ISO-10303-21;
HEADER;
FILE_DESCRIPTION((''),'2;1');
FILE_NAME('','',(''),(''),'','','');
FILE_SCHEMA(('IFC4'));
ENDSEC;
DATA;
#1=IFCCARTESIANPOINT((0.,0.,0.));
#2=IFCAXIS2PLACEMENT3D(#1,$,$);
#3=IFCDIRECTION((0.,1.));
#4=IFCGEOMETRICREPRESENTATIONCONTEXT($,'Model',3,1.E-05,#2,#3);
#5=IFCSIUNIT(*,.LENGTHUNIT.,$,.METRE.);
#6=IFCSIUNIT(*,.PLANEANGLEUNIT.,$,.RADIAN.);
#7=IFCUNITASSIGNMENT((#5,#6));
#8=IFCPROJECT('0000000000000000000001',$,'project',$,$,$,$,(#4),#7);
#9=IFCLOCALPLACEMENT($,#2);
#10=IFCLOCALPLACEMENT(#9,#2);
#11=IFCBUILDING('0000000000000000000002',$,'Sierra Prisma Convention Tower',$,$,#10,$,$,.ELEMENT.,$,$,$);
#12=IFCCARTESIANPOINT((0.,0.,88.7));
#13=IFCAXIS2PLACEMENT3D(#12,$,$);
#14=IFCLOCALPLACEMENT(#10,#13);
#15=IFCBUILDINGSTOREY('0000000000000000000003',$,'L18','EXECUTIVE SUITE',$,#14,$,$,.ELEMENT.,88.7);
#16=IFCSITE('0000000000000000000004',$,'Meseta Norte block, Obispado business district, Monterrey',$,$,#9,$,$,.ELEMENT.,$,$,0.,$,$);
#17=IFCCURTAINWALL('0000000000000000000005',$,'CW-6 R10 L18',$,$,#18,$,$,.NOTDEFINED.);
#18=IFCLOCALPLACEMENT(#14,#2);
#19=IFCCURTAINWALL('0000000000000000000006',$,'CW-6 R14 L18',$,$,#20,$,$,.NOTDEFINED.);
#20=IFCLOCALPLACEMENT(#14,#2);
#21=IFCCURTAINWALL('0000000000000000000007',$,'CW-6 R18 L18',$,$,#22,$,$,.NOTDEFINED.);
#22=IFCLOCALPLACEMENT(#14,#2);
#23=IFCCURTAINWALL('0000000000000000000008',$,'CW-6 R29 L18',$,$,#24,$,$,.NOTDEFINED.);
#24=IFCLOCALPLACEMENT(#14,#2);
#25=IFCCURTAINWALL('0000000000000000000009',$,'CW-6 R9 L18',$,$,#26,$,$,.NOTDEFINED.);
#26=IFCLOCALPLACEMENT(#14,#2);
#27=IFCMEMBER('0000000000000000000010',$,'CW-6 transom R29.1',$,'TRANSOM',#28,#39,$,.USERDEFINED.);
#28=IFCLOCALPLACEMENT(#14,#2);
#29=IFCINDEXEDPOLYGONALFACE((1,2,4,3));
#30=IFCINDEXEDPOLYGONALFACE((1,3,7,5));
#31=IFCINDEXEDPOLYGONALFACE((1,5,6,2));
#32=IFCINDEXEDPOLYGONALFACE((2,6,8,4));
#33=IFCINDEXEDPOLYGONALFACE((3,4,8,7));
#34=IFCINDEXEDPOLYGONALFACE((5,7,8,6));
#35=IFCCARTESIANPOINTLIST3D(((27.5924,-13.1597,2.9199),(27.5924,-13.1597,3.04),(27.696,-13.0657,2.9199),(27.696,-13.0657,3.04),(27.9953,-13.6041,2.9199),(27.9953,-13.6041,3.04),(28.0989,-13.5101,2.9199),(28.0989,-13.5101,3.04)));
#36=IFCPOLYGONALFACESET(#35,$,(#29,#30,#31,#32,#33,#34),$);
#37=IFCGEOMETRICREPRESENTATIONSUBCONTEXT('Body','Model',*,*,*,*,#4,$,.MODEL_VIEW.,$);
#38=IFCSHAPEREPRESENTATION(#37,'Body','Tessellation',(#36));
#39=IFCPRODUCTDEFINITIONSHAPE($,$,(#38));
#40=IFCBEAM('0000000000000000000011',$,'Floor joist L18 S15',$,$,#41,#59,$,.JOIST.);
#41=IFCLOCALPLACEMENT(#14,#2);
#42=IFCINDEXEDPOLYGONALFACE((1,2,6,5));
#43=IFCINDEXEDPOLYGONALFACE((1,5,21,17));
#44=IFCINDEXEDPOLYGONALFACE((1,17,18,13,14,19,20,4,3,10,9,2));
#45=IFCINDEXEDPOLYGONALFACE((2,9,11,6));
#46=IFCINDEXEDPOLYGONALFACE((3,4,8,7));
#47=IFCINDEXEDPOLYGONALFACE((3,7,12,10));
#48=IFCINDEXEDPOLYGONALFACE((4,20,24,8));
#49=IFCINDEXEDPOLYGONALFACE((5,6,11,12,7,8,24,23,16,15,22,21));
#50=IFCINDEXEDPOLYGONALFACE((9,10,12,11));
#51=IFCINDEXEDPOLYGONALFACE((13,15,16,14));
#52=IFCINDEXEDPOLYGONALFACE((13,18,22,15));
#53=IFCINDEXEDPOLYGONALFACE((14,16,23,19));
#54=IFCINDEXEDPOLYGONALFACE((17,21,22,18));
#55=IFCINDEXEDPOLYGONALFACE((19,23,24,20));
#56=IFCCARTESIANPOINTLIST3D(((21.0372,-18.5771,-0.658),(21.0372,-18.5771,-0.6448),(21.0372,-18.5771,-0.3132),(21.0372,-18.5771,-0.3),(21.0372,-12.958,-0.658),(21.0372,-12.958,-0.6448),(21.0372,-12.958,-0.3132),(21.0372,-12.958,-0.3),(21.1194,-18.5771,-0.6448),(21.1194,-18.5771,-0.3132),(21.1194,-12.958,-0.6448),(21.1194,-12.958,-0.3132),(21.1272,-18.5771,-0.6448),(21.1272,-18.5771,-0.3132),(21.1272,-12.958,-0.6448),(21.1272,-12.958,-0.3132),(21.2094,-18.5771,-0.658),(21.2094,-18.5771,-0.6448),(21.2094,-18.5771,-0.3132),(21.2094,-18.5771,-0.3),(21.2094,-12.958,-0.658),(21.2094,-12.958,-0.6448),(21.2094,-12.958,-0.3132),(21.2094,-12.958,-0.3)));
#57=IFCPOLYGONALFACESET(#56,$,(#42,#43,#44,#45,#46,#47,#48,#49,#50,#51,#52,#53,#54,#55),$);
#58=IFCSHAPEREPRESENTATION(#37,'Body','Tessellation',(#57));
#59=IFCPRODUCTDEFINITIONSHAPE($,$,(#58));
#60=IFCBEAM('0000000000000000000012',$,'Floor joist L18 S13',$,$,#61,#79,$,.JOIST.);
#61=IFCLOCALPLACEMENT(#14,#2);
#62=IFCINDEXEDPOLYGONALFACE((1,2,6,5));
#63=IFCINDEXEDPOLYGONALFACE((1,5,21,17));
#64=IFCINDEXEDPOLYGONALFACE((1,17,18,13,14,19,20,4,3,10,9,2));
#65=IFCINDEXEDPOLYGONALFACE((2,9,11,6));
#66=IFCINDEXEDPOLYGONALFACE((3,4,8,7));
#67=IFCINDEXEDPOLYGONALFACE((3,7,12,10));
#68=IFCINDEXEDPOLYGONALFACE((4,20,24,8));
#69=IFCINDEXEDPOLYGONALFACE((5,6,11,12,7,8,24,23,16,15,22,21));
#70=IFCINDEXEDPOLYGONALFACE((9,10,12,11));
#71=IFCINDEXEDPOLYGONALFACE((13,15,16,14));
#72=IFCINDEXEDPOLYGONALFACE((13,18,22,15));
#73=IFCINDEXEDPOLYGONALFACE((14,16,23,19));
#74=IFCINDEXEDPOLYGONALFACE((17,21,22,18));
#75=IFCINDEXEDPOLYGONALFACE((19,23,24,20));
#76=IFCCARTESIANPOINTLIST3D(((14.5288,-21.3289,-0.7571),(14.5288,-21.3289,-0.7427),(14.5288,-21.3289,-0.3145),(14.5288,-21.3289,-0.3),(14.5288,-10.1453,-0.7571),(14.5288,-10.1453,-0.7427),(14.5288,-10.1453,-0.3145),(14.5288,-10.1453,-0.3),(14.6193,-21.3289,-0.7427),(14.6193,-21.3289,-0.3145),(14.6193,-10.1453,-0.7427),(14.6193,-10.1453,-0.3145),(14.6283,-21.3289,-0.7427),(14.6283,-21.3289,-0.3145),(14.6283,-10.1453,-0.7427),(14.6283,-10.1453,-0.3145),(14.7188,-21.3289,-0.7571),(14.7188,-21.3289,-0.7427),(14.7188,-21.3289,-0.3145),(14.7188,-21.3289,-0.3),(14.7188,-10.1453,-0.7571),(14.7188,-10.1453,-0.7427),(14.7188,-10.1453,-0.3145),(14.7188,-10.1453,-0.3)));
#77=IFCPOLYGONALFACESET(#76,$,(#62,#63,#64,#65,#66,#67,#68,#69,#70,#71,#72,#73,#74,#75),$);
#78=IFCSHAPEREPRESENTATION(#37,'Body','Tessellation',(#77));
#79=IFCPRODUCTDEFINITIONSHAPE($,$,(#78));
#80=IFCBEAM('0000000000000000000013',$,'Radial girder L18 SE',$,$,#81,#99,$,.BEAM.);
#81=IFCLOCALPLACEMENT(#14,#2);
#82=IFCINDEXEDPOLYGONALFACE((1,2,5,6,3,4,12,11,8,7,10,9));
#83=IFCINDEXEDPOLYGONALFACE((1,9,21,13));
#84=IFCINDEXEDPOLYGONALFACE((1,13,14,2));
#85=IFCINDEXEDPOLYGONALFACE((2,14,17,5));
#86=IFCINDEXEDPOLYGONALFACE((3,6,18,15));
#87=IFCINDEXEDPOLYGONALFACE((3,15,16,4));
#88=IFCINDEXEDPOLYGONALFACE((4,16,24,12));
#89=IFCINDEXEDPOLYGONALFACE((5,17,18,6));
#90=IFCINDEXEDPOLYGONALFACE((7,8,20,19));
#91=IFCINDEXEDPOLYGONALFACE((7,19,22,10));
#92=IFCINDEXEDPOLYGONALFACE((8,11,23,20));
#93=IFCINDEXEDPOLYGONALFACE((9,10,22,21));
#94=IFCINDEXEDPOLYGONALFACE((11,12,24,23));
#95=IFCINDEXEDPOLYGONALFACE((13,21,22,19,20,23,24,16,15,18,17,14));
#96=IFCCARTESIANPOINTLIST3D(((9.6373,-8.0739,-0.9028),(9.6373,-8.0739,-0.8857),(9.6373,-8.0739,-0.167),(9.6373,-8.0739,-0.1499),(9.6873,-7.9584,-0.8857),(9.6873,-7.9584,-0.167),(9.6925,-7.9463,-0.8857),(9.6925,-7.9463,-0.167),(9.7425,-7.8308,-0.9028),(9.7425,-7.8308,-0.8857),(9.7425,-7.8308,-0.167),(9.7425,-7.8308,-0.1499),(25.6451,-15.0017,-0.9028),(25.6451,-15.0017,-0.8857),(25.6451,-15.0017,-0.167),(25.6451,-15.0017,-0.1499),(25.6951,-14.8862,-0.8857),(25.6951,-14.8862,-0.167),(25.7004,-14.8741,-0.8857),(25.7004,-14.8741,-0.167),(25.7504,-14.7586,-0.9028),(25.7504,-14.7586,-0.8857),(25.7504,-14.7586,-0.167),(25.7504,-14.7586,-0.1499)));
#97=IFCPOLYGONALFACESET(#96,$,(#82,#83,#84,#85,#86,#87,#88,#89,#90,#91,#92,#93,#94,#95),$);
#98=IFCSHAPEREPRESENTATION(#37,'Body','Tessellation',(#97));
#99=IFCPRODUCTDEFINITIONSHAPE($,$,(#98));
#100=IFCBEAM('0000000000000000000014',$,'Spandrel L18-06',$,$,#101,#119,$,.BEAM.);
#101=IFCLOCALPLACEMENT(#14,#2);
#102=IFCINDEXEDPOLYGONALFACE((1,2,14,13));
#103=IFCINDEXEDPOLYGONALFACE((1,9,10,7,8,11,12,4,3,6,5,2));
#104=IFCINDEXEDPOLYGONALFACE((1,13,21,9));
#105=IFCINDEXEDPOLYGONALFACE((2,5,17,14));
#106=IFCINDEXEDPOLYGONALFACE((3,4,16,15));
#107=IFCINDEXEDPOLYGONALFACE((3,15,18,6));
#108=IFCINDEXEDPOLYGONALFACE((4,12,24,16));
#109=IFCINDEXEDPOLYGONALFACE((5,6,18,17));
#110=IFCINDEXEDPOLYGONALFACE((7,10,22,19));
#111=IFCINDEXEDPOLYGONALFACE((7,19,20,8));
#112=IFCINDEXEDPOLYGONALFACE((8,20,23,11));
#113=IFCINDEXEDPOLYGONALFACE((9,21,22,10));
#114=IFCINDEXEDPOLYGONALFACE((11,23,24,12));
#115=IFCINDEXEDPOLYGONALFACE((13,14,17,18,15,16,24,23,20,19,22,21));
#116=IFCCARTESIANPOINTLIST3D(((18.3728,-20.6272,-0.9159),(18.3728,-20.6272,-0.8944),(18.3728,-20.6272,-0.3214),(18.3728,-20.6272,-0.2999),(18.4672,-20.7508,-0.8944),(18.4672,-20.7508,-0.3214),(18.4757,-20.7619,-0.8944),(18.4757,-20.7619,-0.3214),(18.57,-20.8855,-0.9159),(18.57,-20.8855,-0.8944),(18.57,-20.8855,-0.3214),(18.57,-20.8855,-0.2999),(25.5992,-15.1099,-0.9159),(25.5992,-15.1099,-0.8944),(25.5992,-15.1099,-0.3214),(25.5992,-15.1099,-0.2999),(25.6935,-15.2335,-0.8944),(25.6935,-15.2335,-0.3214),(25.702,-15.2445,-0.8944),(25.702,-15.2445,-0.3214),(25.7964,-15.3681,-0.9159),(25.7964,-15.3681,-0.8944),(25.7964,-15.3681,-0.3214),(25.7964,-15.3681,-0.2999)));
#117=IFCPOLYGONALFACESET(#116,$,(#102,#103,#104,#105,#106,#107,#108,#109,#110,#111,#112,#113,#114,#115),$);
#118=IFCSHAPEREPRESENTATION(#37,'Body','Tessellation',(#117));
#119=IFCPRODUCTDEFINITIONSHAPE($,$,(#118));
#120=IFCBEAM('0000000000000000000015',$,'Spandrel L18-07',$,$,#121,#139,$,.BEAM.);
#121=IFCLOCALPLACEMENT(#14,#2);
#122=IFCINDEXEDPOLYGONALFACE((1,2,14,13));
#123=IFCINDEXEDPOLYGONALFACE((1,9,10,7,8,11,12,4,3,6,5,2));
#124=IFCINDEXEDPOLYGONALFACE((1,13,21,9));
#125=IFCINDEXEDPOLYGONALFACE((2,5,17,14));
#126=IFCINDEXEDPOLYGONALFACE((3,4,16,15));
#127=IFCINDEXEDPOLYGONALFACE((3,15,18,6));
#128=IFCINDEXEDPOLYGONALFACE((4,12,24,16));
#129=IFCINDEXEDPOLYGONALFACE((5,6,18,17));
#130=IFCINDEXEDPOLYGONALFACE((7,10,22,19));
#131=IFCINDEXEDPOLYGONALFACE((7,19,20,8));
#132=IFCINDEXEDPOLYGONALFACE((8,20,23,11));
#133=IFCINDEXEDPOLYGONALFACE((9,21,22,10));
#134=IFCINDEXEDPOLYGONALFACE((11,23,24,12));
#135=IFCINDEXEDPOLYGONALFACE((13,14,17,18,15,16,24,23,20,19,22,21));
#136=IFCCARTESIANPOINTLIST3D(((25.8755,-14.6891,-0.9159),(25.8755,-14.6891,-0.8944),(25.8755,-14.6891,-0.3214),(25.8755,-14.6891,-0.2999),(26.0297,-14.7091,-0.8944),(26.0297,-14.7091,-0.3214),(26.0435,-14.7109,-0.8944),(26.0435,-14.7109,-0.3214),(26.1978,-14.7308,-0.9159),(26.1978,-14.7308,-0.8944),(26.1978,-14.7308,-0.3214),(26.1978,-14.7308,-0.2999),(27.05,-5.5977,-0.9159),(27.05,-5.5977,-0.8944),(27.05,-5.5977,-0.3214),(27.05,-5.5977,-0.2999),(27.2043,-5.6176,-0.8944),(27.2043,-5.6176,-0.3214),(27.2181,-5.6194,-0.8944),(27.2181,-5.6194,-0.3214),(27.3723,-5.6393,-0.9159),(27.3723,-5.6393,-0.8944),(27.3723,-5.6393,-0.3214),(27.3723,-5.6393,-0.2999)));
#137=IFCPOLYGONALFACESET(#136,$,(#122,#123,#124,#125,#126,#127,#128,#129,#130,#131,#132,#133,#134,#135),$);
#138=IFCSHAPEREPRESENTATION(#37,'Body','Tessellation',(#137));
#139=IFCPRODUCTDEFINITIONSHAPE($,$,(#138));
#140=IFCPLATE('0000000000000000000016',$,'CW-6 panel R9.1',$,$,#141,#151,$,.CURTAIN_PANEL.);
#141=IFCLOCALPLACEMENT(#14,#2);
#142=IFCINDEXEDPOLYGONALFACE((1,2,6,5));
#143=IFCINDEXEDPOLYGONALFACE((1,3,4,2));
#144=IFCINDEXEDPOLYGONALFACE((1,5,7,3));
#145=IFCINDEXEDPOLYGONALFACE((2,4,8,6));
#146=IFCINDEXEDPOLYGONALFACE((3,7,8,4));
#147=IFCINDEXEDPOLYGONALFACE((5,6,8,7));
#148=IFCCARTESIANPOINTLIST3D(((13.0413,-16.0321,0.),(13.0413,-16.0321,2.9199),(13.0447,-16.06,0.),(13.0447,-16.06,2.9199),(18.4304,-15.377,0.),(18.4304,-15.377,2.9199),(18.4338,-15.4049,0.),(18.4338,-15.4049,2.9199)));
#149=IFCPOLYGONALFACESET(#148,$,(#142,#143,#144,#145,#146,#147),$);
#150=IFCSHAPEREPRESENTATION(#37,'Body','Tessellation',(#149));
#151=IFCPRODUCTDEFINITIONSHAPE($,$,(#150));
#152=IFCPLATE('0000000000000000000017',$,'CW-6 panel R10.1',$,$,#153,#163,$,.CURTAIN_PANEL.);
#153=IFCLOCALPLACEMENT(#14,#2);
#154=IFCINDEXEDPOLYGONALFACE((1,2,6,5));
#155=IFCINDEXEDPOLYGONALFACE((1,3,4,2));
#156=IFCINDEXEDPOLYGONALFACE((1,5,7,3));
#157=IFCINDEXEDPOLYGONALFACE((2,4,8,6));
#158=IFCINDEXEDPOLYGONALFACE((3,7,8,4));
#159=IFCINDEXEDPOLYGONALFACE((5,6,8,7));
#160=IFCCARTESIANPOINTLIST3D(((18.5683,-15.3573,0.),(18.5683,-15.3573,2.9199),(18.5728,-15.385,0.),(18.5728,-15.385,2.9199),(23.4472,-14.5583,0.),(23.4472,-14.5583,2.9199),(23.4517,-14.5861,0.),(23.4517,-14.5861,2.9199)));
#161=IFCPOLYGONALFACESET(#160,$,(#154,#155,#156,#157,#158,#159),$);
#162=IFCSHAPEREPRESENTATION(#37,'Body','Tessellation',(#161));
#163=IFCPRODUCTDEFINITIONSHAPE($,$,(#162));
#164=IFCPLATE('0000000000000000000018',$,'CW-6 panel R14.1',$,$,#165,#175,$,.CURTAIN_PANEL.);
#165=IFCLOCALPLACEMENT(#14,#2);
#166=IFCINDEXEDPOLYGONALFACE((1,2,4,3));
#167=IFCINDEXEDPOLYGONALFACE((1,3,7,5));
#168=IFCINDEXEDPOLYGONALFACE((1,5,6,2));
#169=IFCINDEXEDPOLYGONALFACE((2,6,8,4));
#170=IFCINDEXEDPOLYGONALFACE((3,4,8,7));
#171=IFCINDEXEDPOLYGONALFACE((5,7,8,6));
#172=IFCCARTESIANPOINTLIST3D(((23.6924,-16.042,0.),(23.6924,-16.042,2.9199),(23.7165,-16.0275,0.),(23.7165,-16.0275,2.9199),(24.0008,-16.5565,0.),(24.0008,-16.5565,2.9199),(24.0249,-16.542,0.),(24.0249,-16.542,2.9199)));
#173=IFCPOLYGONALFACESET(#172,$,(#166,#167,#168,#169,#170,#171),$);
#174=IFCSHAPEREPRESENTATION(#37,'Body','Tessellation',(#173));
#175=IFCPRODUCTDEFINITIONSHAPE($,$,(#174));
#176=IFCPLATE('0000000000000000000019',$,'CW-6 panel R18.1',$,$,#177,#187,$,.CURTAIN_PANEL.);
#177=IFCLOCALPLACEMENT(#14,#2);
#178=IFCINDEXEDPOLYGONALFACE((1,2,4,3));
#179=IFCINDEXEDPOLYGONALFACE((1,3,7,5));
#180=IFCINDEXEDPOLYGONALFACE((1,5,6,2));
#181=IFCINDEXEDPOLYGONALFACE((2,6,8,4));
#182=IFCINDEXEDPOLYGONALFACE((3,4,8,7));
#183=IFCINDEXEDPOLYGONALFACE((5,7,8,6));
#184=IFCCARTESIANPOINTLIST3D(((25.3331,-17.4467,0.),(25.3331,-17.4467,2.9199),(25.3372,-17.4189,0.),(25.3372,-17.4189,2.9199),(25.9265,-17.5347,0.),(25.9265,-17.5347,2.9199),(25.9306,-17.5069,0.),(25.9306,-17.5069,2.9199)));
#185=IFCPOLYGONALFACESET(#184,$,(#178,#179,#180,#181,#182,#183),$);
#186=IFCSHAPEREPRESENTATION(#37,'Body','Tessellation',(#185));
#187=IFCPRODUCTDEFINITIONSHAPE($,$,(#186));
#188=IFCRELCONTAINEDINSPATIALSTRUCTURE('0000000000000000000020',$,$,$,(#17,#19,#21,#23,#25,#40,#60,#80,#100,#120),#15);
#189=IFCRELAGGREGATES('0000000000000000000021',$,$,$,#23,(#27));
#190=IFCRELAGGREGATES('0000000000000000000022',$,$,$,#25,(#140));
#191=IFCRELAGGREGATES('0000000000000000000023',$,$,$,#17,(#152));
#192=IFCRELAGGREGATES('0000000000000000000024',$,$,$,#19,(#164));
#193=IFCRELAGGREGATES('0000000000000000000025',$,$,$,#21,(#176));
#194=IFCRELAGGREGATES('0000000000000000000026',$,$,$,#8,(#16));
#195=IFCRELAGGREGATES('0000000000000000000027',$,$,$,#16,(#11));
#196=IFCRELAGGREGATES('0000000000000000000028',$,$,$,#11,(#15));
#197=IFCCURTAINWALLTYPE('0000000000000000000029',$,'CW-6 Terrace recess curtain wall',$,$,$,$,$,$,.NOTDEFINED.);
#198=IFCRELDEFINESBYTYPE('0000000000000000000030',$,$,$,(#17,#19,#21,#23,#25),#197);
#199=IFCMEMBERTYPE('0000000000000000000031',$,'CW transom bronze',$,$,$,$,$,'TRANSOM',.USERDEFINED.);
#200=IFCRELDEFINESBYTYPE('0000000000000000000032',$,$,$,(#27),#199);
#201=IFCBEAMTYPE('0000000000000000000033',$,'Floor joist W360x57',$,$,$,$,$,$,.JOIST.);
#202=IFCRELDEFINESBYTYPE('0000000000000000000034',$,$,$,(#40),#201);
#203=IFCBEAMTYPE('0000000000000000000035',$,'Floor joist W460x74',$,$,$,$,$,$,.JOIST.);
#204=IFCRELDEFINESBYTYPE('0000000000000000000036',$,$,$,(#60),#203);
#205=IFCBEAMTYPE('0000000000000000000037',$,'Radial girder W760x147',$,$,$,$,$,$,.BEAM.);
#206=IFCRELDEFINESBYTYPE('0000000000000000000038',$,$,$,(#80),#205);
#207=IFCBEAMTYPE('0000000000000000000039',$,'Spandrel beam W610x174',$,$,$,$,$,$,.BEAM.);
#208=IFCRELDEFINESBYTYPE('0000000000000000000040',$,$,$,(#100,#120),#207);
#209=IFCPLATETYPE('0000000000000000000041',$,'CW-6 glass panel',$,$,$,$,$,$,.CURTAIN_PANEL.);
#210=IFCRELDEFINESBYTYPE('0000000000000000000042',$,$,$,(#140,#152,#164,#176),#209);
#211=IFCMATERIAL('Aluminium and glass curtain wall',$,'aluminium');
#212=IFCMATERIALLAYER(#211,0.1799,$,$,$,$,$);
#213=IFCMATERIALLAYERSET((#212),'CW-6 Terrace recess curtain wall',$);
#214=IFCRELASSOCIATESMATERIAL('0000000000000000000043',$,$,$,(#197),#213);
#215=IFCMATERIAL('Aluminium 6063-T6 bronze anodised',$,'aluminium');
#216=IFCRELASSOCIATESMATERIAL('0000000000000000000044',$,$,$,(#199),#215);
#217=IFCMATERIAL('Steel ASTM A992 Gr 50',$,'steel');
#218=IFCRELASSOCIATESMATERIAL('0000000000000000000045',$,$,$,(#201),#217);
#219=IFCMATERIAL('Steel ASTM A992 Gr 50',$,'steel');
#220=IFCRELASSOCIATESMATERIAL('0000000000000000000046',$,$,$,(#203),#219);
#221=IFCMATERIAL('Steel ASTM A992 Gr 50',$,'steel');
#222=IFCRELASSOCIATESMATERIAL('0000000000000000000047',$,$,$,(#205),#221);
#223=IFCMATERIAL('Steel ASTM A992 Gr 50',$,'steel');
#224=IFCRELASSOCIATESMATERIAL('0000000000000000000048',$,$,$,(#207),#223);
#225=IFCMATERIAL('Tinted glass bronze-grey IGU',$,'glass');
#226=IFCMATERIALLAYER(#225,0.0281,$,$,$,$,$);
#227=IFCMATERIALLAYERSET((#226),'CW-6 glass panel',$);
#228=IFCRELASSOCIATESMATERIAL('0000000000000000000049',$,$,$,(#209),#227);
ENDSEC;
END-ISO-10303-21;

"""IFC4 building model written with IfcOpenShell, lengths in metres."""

from ifc_helpers import new_model, si_unit, direction, frame, origin, origin_2d, place, context, subcontext, project, spatial, rectangle, i_section, extrude, material, layer, layer_set, material_profile, profile_set, type_object, element, aggregate, save


model = new_model("IFC4")

# Units and contexts
model_context = context("Model", 3, precision=1e-05, world=origin(), true_north=direction((0.0, 1.0)))
body_context = subcontext(model_context, "Body", "Model", "MODEL_VIEW")
ifc_project = project(units=[si_unit("LENGTHUNIT", "METRE"), si_unit("PLANEANGLEUNIT", "RADIAN")], contexts=[model_context])

# Site, building, storey
site_placement = place(None, origin())
site = spatial("IfcSite", under=ifc_project, at=site_placement, Name="Meseta Norte block, Obispado business district, Monterrey", CompositionType="ELEMENT", RefElevation=0.0)
building_placement = place(site_placement, origin())
building = spatial("IfcBuilding", under=site, at=building_placement, Name="Sierra Prisma Convention Tower", CompositionType="ELEMENT")
storey_placement = place(building_placement, frame((0.0, 0.0, 88.7)))
storey = spatial("IfcBuildingStorey", under=building, at=storey_placement, Name="L18", Description="EXECUTIVE SUITE", CompositionType="ELEMENT", Elevation=88.7)

# Curtain walls
ifc_material_1 = material(Name="Aluminium and glass curtain wall", Category="aluminium")
ifc_layer_1 = layer(ifc_material_1, 0.1799)
ifc_layer_set_1 = layer_set([ifc_layer_1], Name="CW-6 Terrace recess curtain wall")
curtain_wall_type = type_object("IfcCurtainWallType", Name="CW-6 Terrace recess curtain wall", PredefinedType="NOTDEFINED", material=ifc_layer_set_1)
curtain_wall_1_placement = place(storey_placement, origin())
curtain_wall_1 = element("IfcCurtainWall", 1, at=curtain_wall_1_placement, inside=storey, type_object=curtain_wall_type, Name="CW-6 R10 L18", PredefinedType="NOTDEFINED")
curtain_wall_2_placement = place(storey_placement, origin())
curtain_wall_2 = element("IfcCurtainWall", 2, at=curtain_wall_2_placement, inside=storey, type_object=curtain_wall_type, Name="CW-6 R14 L18", PredefinedType="NOTDEFINED")
curtain_wall_3_placement = place(storey_placement, origin())
curtain_wall_3 = element("IfcCurtainWall", 3, at=curtain_wall_3_placement, inside=storey, type_object=curtain_wall_type, Name="CW-6 R18 L18", PredefinedType="NOTDEFINED")
curtain_wall_4_placement = place(storey_placement, origin())
curtain_wall_4 = element("IfcCurtainWall", 4, at=curtain_wall_4_placement, inside=storey, type_object=curtain_wall_type, Name="CW-6 R29 L18", PredefinedType="NOTDEFINED")
curtain_wall_5_placement = place(storey_placement, origin())
curtain_wall_5 = element("IfcCurtainWall", 5, at=curtain_wall_5_placement, inside=storey, type_object=curtain_wall_type, Name="CW-6 R9 L18", PredefinedType="NOTDEFINED")
ifc_material_2 = material(Name="Aluminium 6063-T6 bronze anodised", Category="aluminium")
ifc_material_profile_1 = material_profile(ifc_material_2, rectangle(XDim=0.1399, YDim=0.1201, at=origin_2d()), Name="ALU TRANSOM 120x140")
ifc_profile_set_1 = profile_set([ifc_material_profile_1], Name="Aluminium 6063-T6 bronze anodised")
member_type_1 = type_object("IfcMemberType", Name="CW transom bronze", ElementType="TRANSOM", PredefinedType="USERDEFINED", material=ifc_profile_set_1)

# Member
member_1_placement = place(storey_placement, frame((28.0471, -13.5571, 2.98), z_axis=(-0.671659, 0.74086, 0.0), x_axis=(-0.74086, -0.671659, 0.0)))
member_1 = element("IfcMember", 6, at=member_1_placement, type_object=member_type_1, Name="CW-6 transom R29.1", ObjectType="TRANSOM", PredefinedType="USERDEFINED", context=body_context, shape_type="SweptSolid", body=[
    extrude(rectangle(XDim=0.1399, YDim=0.1201, at=origin_2d()), origin(), (0.0, 0.0, 1.0), 0.5999),
])
aggregate(curtain_wall_4, [member_1])

# Beams
ifc_material_3 = material(Name="Steel ASTM A992 Gr 50", Category="steel")
ifc_material_profile_2 = material_profile(ifc_material_3, i_section(OverallWidth=0.1721, OverallDepth=0.3579, WebThickness=0.0078, FlangeThickness=0.0132, at=origin_2d()), Name="W360x57")
ifc_profile_set_2 = profile_set([ifc_material_profile_2], Name="Steel ASTM A992 Gr 50")
beam_type_1 = type_object("IfcBeamType", Name="Floor joist W360x57", PredefinedType="JOIST", material=ifc_profile_set_2)
beam_1_placement = place(storey_placement, frame((21.1233, -18.5771, -0.479), z_axis=(0.0, 1.0, 0.0), x_axis=(-1.0, 0.0, 0.0)))
element("IfcBeam", 7, at=beam_1_placement, inside=storey, type_object=beam_type_1, Name="Floor joist L18 S15", PredefinedType="JOIST", context=body_context, shape_type="SweptSolid", body=[
    extrude(i_section(OverallWidth=0.1721, OverallDepth=0.3579, WebThickness=0.0078, FlangeThickness=0.0132, at=origin_2d()), origin(), (0.0, 0.0, 1.0), 5.6191),
])
ifc_material_4 = material(Name="Steel ASTM A992 Gr 50", Category="steel")
ifc_material_profile_3 = material_profile(ifc_material_4, i_section(OverallWidth=0.1899, OverallDepth=0.457, WebThickness=0.009, FlangeThickness=0.0144, at=origin_2d()), Name="W460x74")
ifc_profile_set_3 = profile_set([ifc_material_profile_3], Name="Steel ASTM A992 Gr 50")
beam_type_2 = type_object("IfcBeamType", Name="Floor joist W460x74", PredefinedType="JOIST", material=ifc_profile_set_3)
beam_2_placement = place(storey_placement, frame((14.6238, -21.3289, -0.5286), z_axis=(0.0, 1.0, 0.0), x_axis=(-1.0, 0.0, 0.0)))
element("IfcBeam", 8, at=beam_2_placement, inside=storey, type_object=beam_type_2, Name="Floor joist L18 S13", PredefinedType="JOIST", context=body_context, shape_type="SweptSolid", body=[
    extrude(i_section(OverallWidth=0.1899, OverallDepth=0.457, WebThickness=0.009, FlangeThickness=0.0144, at=origin_2d()), origin(), (0.0, 0.0, 1.0), 11.1836),
])
ifc_material_5 = material(Name="Steel ASTM A992 Gr 50", Category="steel")
ifc_material_profile_4 = material_profile(ifc_material_5, i_section(OverallWidth=0.2649, OverallDepth=0.7529, WebThickness=0.0132, FlangeThickness=0.0171, at=origin_2d()), Name="W760x147")
ifc_profile_set_4 = profile_set([ifc_material_profile_4], Name="Steel ASTM A992 Gr 50")
beam_type_3 = type_object("IfcBeamType", Name="Radial girder W760x147", PredefinedType="BEAM", material=ifc_profile_set_4)
beam_3_placement = place(storey_placement, frame((25.6978, -14.8801, -0.5264), z_axis=(-0.917743, 0.397174, 0.0), x_axis=(-0.397174, -0.917743, 0.0)))
element("IfcBeam", 9, at=beam_3_placement, inside=storey, type_object=beam_type_3, Name="Radial girder L18 SE", PredefinedType="BEAM", context=body_context, shape_type="SweptSolid", body=[
    extrude(i_section(OverallWidth=0.2649, OverallDepth=0.7529, WebThickness=0.0132, FlangeThickness=0.0171, at=origin_2d()), origin(), (0.0, 0.0, 1.0), 17.4426),
])
ifc_material_6 = material(Name="Steel ASTM A992 Gr 50", Category="steel")
ifc_material_profile_5 = material_profile(ifc_material_6, i_section(OverallWidth=0.325, OverallDepth=0.616, WebThickness=0.0139, FlangeThickness=0.0215, at=origin_2d()), Name="W610x174")
ifc_profile_set_5 = profile_set([ifc_material_profile_5], Name="Steel ASTM A992 Gr 50")
beam_type_4 = type_object("IfcBeamType", Name="Spandrel beam W610x174", PredefinedType="BEAM", material=ifc_profile_set_5)
beam_4_placement = place(storey_placement, frame((18.4714, -20.7563, -0.6079), z_axis=(0.794818, 0.606848, 0.0), x_axis=(-0.606848, 0.794818, 0.0)))
element("IfcBeam", 10, at=beam_4_placement, inside=storey, type_object=beam_type_4, Name="Spandrel L18-06", PredefinedType="BEAM", context=body_context, shape_type="SweptSolid", body=[
    extrude(i_section(OverallWidth=0.325, OverallDepth=0.616, WebThickness=0.0139, FlangeThickness=0.0215, at=origin_2d()), origin(), (0.0, 0.0, 1.0), 9.0918),
])
beam_5_placement = place(storey_placement, frame((26.0366, -14.71, -0.6079), z_axis=(0.128128, 0.991758, 0.0), x_axis=(-0.991758, 0.128128, 0.0)))
element("IfcBeam", 11, at=beam_5_placement, inside=storey, type_object=beam_type_4, Name="Spandrel L18-07", PredefinedType="BEAM", context=body_context, shape_type="SweptSolid", body=[
    extrude(i_section(OverallWidth=0.325, OverallDepth=0.616, WebThickness=0.0139, FlangeThickness=0.0215, at=origin_2d()), origin(), (0.0, 0.0, 1.0), 9.167),
])

# Plates
ifc_material_7 = material(Name="Tinted glass bronze-grey IGU", Category="glass")
ifc_layer_2 = layer(ifc_material_7, 0.0281)
ifc_layer_set_2 = layer_set([ifc_layer_2], Name="CW-6 glass panel")
plate_type = type_object("IfcPlateType", Name="CW-6 glass panel", PredefinedType="CURTAIN_PANEL", material=ifc_layer_set_2)
plate_1_placement = place(storey_placement, frame((15.7375, -15.7185, 0.0), z_axis=(0.0, 0.0, 1.0), x_axis=(0.992691, 0.120683, 0.0)))
plate_1 = element("IfcPlate", 12, at=plate_1_placement, type_object=plate_type, Name="CW-6 panel R9.1", PredefinedType="CURTAIN_PANEL", context=body_context, shape_type="SweptSolid", body=[
    extrude(rectangle(XDim=5.4287, YDim=0.0281, at=origin_2d()), origin(), (0.0, 0.0, 1.0), 2.9199),
])
aggregate(curtain_wall_5, [plate_1])
plate_2_placement = place(storey_placement, frame((21.01, -14.9717, 0.0), z_axis=(0.0, 0.0, 1.0), x_axis=(0.986855, 0.161606, 0.0)))
plate_2 = element("IfcPlate", 13, at=plate_2_placement, type_object=plate_type, Name="CW-6 panel R10.1", PredefinedType="CURTAIN_PANEL", context=body_context, shape_type="SweptSolid", body=[
    extrude(rectangle(XDim=4.9438, YDim=0.0281, at=origin_2d()), origin(), (0.0, 0.0, 1.0), 2.9199),
])
aggregate(curtain_wall_1, [plate_2])
plate_3_placement = place(storey_placement, frame((23.8586, -16.292, 0.0), z_axis=(0.0, 0.0, 1.0), x_axis=(0.514103, -0.857729, 0.0)))
plate_3 = element("IfcPlate", 14, at=plate_3_placement, type_object=plate_type, Name="CW-6 panel R14.1", PredefinedType="CURTAIN_PANEL", context=body_context, shape_type="SweptSolid", body=[
    extrude(rectangle(XDim=0.5999, YDim=0.0281, at=origin_2d()), origin(), (0.0, 0.0, 1.0), 2.9199),
])
aggregate(curtain_wall_2, [plate_3])
plate_4_placement = place(storey_placement, frame((25.6318, -17.4768, 0.0), z_axis=(0.0, 0.0, 1.0), x_axis=(0.989177, -0.14673, 0.0)))
plate_4 = element("IfcPlate", 15, at=plate_4_placement, type_object=plate_type, Name="CW-6 panel R18.1", PredefinedType="CURTAIN_PANEL", context=body_context, shape_type="SweptSolid", body=[
    extrude(rectangle(XDim=0.5999, YDim=0.0281, at=origin_2d()), origin(), (0.0, 0.0, 1.0), 2.9199),
])
aggregate(curtain_wall_3, [plate_4])

save(model, "model.ifc")
